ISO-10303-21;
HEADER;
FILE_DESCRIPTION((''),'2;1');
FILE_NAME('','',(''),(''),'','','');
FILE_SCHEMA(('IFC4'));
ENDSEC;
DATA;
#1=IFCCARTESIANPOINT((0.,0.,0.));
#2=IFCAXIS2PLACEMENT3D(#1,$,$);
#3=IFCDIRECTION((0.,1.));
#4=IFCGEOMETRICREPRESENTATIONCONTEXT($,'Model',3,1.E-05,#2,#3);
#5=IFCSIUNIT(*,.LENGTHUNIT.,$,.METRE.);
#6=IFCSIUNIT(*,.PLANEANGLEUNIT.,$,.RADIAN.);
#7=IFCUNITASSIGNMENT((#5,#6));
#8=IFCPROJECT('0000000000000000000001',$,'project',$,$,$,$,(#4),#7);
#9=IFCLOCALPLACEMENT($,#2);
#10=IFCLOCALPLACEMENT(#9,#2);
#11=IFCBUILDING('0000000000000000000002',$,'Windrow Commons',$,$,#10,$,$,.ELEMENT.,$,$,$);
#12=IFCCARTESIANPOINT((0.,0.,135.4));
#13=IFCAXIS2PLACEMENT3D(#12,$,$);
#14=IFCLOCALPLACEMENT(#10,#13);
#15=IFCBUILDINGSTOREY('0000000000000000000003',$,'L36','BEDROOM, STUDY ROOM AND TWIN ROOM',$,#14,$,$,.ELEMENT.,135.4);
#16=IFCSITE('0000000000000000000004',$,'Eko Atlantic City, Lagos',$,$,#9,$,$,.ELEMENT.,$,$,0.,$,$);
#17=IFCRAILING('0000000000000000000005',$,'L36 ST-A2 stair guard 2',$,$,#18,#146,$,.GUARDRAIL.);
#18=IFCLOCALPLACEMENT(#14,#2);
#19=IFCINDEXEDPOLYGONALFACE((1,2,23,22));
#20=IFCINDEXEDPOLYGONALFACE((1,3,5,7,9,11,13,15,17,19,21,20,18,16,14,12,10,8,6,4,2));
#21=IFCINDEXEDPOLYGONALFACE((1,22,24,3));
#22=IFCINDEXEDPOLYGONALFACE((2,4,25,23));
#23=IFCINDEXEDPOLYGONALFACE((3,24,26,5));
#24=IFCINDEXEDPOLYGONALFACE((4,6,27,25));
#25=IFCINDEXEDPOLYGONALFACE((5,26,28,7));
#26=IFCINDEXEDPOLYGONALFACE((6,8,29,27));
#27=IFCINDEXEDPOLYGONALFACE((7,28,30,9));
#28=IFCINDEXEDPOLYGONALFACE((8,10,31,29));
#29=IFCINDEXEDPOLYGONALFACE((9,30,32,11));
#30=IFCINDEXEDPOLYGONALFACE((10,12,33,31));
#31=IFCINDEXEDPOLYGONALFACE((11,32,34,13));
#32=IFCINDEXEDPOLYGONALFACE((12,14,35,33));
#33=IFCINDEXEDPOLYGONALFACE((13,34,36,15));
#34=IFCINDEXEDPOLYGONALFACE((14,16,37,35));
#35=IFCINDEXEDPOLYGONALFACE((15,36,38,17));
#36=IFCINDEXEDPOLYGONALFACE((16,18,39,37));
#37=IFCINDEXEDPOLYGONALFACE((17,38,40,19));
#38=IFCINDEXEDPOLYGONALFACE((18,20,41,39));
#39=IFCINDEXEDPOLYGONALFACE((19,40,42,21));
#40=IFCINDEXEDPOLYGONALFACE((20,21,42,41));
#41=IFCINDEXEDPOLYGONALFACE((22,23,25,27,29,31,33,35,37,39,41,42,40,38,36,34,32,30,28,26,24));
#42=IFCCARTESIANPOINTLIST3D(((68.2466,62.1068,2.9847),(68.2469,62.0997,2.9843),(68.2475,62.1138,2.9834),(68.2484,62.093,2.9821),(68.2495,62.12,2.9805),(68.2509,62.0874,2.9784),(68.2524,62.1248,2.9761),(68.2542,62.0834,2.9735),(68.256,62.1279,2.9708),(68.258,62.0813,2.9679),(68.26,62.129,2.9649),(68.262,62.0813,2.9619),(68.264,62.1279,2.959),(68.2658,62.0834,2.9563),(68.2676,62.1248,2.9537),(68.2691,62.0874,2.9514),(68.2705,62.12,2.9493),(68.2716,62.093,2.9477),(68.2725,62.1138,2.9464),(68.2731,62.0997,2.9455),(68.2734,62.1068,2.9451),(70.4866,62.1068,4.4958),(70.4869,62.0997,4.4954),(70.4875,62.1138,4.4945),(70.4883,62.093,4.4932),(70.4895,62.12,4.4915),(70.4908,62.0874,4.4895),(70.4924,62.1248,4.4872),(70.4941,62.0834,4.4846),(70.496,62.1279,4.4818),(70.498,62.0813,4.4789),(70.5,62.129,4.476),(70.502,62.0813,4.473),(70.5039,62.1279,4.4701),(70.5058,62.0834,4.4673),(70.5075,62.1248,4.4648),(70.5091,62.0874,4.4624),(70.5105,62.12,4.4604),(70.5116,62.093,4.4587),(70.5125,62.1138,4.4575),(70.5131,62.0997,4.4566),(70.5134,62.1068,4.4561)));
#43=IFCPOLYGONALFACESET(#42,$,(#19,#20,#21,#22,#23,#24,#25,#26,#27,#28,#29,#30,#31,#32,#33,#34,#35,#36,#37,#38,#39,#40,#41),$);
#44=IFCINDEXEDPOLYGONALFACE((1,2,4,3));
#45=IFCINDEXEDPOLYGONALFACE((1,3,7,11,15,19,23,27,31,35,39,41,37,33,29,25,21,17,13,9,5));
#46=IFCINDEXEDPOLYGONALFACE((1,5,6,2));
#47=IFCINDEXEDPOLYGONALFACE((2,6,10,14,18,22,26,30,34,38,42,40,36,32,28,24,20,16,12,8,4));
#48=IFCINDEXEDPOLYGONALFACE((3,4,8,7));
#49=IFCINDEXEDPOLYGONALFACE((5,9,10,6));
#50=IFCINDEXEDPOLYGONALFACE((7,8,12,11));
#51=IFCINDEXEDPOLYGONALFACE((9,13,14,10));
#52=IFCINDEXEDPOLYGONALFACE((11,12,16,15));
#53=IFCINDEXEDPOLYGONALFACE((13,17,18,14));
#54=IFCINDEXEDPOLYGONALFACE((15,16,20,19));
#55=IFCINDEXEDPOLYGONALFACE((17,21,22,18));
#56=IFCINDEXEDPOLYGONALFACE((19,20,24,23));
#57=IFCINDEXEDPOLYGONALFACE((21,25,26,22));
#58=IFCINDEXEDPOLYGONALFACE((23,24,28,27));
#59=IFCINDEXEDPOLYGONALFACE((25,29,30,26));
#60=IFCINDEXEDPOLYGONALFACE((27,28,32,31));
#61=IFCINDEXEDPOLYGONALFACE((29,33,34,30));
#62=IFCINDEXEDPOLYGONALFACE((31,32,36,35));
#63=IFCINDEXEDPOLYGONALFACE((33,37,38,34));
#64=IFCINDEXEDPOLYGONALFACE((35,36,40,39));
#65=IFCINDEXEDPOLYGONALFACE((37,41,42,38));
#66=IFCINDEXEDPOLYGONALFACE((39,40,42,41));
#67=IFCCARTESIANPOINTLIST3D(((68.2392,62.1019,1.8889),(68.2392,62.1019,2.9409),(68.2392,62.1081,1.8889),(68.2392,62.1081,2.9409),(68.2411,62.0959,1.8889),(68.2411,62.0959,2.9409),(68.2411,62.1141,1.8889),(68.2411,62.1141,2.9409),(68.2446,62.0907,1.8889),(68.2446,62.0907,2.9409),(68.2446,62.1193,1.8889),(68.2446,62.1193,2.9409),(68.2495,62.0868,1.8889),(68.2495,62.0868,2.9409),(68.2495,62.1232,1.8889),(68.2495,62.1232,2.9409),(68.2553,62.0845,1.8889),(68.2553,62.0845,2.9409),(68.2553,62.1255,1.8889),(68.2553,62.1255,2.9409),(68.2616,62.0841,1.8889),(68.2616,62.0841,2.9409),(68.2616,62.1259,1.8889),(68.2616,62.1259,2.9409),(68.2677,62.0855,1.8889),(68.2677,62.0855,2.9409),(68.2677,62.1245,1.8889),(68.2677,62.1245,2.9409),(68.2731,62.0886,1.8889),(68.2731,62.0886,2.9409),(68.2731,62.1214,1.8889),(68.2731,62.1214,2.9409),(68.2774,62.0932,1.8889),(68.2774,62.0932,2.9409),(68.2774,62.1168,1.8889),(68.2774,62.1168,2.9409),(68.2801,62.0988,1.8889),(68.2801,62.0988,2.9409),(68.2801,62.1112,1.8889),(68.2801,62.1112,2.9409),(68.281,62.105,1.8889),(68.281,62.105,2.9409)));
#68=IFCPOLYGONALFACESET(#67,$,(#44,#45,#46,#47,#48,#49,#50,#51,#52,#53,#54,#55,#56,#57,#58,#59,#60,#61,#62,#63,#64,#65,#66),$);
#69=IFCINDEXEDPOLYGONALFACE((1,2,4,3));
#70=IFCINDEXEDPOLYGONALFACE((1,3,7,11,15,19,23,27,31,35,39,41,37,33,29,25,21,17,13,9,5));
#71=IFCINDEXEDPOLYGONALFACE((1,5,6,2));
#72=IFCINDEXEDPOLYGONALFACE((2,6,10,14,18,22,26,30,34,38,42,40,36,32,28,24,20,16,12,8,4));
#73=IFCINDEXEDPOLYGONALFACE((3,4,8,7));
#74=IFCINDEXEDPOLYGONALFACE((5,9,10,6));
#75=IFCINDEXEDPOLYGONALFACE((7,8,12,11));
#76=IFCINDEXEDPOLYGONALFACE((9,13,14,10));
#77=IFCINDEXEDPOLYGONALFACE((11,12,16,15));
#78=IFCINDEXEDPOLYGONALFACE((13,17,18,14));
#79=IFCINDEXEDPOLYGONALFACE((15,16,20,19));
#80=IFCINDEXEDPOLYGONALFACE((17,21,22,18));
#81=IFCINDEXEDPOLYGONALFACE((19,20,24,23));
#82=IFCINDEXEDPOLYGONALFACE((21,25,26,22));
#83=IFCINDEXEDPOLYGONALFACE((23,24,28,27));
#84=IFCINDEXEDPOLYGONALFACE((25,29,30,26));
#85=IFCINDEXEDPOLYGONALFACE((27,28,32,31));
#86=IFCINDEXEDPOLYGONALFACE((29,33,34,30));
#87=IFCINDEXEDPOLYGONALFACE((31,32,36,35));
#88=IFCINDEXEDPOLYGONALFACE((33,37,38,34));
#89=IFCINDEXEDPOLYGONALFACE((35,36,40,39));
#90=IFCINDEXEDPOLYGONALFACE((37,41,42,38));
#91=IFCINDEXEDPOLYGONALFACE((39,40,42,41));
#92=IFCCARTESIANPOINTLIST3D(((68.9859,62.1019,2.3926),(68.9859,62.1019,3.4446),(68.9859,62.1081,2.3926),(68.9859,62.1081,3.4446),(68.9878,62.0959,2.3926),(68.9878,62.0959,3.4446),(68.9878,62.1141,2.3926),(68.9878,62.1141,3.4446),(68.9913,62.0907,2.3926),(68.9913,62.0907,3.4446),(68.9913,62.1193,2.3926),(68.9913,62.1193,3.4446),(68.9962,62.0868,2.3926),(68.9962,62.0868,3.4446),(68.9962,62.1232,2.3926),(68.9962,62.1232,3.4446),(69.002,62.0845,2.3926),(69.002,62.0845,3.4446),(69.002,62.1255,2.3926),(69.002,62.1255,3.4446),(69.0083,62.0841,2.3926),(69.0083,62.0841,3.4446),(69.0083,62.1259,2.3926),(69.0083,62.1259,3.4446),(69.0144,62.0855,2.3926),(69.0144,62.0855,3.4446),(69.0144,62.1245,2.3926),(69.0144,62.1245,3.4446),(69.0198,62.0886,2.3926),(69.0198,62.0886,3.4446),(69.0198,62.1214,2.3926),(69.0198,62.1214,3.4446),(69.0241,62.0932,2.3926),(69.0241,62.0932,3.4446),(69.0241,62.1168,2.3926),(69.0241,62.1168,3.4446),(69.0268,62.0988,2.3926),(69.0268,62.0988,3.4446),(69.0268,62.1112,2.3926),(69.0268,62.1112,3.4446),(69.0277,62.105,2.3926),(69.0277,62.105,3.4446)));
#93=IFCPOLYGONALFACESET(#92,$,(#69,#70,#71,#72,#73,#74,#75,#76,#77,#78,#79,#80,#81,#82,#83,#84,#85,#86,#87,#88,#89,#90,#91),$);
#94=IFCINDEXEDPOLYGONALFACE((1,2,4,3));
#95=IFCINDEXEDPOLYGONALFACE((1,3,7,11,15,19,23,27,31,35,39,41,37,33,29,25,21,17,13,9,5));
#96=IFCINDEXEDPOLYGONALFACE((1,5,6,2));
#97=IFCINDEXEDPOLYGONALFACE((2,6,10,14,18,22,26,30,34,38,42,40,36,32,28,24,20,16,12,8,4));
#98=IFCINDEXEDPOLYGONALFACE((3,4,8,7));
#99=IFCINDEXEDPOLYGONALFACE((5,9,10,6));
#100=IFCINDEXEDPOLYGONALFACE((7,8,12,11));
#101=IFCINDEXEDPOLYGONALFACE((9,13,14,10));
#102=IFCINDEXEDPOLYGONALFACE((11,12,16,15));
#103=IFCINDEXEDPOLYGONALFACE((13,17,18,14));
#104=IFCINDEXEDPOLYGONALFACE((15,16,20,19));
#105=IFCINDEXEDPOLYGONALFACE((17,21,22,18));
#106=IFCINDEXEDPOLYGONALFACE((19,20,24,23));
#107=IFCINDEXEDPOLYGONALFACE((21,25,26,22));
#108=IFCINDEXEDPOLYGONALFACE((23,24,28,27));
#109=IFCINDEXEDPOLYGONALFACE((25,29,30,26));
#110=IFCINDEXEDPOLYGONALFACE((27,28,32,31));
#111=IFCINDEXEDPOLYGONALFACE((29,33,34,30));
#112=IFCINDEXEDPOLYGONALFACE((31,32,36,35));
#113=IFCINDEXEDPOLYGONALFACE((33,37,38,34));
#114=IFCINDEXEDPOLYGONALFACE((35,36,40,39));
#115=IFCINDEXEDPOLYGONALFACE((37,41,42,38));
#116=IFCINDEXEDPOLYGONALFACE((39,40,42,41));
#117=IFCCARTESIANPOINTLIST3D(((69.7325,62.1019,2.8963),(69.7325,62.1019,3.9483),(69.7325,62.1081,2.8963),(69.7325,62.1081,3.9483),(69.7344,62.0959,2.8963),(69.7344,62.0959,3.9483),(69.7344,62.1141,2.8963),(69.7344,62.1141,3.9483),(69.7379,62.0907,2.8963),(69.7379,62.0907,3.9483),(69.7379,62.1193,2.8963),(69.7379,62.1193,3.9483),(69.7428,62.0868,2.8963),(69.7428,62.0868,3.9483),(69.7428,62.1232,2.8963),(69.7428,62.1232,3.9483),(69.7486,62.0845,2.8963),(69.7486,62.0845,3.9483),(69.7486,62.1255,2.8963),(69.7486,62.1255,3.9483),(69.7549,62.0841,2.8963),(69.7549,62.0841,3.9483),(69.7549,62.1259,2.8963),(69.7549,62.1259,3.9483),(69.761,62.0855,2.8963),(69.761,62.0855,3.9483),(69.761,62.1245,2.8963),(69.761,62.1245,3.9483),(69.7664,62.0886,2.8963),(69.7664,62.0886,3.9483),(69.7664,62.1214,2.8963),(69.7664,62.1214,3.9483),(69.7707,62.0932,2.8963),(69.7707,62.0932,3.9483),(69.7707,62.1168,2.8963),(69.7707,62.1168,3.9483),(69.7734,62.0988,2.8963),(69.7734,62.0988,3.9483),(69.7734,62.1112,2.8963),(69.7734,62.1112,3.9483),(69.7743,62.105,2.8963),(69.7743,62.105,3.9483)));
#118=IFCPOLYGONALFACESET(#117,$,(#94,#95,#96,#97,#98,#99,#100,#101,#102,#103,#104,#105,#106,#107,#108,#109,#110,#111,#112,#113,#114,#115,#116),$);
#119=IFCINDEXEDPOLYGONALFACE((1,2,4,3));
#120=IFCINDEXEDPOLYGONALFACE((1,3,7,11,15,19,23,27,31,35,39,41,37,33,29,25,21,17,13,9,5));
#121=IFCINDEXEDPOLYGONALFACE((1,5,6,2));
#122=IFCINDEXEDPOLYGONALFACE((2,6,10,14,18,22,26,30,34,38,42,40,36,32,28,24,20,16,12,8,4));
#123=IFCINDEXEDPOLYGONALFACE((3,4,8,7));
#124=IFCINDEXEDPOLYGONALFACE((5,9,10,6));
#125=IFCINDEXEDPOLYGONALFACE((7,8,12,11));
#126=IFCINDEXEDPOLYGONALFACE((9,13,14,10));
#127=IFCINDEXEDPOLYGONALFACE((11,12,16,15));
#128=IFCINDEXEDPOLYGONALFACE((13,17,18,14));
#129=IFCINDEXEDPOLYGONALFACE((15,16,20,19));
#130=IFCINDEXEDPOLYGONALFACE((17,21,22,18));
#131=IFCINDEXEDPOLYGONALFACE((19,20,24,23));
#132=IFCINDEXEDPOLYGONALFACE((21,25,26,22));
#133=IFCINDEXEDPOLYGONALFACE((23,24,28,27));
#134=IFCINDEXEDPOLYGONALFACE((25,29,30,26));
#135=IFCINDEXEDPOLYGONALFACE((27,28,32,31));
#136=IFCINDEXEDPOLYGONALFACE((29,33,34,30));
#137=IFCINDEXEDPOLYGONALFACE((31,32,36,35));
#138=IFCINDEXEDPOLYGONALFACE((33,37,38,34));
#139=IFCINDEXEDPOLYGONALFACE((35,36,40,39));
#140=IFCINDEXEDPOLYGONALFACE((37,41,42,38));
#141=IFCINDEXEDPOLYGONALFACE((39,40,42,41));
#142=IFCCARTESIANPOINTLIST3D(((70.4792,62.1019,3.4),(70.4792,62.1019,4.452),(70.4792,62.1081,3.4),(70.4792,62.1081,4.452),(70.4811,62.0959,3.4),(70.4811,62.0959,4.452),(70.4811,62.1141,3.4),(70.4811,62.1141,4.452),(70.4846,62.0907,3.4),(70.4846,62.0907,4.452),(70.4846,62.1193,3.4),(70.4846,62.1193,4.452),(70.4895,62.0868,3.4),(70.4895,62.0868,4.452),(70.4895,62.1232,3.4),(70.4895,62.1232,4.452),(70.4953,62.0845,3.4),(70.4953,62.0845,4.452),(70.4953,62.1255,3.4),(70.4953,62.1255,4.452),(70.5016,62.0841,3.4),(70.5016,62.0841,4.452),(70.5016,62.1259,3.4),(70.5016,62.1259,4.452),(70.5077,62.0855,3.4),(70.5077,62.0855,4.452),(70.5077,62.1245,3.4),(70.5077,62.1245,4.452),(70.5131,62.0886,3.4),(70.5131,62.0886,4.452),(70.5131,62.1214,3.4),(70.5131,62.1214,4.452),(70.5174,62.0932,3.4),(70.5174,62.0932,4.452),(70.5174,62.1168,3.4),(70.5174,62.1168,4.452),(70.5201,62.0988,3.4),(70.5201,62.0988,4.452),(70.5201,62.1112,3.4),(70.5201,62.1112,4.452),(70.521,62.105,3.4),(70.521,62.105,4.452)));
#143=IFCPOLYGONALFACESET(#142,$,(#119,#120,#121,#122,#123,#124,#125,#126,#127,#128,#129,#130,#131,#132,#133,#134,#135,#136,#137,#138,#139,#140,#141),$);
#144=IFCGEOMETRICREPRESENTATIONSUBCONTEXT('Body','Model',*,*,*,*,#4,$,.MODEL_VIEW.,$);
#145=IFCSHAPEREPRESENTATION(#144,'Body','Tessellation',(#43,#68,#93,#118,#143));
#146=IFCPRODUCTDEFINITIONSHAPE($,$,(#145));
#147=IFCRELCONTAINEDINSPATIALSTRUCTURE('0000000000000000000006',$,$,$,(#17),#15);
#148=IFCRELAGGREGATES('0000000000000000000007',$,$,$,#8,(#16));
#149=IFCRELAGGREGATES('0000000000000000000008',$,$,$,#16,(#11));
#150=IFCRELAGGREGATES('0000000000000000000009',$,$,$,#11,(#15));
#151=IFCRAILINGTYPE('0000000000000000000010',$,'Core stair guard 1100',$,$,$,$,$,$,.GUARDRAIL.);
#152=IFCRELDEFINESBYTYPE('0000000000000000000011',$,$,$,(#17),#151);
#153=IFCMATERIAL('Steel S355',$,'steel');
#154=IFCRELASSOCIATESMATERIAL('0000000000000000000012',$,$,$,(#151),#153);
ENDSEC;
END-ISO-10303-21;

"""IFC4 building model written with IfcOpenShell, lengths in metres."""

from ifc_helpers import new_model, si_unit, direction, frame, origin, origin_2d, place, context, subcontext, project, spatial, circle, extrude, material, type_object, element, save


model = new_model("IFC4")

# Units and contexts
model_context = context("Model", 3, precision=1e-05, world=origin(), true_north=direction((0.0, 1.0)))
body_context = subcontext(model_context, "Body", "Model", "MODEL_VIEW")
ifc_project = project(units=[si_unit("LENGTHUNIT", "METRE"), si_unit("PLANEANGLEUNIT", "RADIAN")], contexts=[model_context])

# Site, building, storey
site_placement = place(None, origin())
site = spatial("IfcSite", under=ifc_project, at=site_placement, Name="Eko Atlantic City, Lagos", CompositionType="ELEMENT", RefElevation=0.0)
building_placement = place(site_placement, origin())
building = spatial("IfcBuilding", under=site, at=building_placement, Name="Windrow Commons", CompositionType="ELEMENT")
storey_placement = place(building_placement, frame((0.0, 0.0, 135.4)))
storey = spatial("IfcBuildingStorey", under=building, at=storey_placement, Name="L36", Description="BEDROOM, STUDY ROOM AND TWIN ROOM", CompositionType="ELEMENT", Elevation=135.4)

# Railing
ifc_material_1 = material(Name="Steel S355", Category="steel")
railing_type_1 = type_object("IfcRailingType", Name="Core stair guard 1100", PredefinedType="GUARDRAIL", material=ifc_material_1)
railing_1_placement = place(storey_placement, frame((68.26, 62.105, 1.8889)))
element("IfcRailing", 1, at=railing_1_placement, inside=storey, type_object=railing_type_1, Name="L36 ST-A2 stair guard 2", PredefinedType="GUARDRAIL", context=body_context, shape_type="SweptSolid", body=[
    extrude(circle(Radius=0.024, at=origin_2d()), frame((0.0, 0.0, 1.076), z_axis=(0.829003, 0.0, 0.559244), x_axis=(0.0, 1.0, 0.0)), (0.0, 0.0, 1.0), 2.702),
    extrude(circle(Radius=0.021, at=origin_2d()), origin(), (0.0, 0.0, 1.0), 1.052),
    extrude(circle(Radius=0.021, at=origin_2d()), frame((0.7467, 0.0, 0.5037)), (0.0, 0.0, 1.0), 1.052),
    extrude(circle(Radius=0.021, at=origin_2d()), frame((1.4933, 0.0, 1.0074)), (0.0, 0.0, 1.0), 1.052),
    extrude(circle(Radius=0.021, at=origin_2d()), frame((2.24, 0.0, 1.5111)), (0.0, 0.0, 1.0), 1.052),
])

save(model, "model.ifc")
